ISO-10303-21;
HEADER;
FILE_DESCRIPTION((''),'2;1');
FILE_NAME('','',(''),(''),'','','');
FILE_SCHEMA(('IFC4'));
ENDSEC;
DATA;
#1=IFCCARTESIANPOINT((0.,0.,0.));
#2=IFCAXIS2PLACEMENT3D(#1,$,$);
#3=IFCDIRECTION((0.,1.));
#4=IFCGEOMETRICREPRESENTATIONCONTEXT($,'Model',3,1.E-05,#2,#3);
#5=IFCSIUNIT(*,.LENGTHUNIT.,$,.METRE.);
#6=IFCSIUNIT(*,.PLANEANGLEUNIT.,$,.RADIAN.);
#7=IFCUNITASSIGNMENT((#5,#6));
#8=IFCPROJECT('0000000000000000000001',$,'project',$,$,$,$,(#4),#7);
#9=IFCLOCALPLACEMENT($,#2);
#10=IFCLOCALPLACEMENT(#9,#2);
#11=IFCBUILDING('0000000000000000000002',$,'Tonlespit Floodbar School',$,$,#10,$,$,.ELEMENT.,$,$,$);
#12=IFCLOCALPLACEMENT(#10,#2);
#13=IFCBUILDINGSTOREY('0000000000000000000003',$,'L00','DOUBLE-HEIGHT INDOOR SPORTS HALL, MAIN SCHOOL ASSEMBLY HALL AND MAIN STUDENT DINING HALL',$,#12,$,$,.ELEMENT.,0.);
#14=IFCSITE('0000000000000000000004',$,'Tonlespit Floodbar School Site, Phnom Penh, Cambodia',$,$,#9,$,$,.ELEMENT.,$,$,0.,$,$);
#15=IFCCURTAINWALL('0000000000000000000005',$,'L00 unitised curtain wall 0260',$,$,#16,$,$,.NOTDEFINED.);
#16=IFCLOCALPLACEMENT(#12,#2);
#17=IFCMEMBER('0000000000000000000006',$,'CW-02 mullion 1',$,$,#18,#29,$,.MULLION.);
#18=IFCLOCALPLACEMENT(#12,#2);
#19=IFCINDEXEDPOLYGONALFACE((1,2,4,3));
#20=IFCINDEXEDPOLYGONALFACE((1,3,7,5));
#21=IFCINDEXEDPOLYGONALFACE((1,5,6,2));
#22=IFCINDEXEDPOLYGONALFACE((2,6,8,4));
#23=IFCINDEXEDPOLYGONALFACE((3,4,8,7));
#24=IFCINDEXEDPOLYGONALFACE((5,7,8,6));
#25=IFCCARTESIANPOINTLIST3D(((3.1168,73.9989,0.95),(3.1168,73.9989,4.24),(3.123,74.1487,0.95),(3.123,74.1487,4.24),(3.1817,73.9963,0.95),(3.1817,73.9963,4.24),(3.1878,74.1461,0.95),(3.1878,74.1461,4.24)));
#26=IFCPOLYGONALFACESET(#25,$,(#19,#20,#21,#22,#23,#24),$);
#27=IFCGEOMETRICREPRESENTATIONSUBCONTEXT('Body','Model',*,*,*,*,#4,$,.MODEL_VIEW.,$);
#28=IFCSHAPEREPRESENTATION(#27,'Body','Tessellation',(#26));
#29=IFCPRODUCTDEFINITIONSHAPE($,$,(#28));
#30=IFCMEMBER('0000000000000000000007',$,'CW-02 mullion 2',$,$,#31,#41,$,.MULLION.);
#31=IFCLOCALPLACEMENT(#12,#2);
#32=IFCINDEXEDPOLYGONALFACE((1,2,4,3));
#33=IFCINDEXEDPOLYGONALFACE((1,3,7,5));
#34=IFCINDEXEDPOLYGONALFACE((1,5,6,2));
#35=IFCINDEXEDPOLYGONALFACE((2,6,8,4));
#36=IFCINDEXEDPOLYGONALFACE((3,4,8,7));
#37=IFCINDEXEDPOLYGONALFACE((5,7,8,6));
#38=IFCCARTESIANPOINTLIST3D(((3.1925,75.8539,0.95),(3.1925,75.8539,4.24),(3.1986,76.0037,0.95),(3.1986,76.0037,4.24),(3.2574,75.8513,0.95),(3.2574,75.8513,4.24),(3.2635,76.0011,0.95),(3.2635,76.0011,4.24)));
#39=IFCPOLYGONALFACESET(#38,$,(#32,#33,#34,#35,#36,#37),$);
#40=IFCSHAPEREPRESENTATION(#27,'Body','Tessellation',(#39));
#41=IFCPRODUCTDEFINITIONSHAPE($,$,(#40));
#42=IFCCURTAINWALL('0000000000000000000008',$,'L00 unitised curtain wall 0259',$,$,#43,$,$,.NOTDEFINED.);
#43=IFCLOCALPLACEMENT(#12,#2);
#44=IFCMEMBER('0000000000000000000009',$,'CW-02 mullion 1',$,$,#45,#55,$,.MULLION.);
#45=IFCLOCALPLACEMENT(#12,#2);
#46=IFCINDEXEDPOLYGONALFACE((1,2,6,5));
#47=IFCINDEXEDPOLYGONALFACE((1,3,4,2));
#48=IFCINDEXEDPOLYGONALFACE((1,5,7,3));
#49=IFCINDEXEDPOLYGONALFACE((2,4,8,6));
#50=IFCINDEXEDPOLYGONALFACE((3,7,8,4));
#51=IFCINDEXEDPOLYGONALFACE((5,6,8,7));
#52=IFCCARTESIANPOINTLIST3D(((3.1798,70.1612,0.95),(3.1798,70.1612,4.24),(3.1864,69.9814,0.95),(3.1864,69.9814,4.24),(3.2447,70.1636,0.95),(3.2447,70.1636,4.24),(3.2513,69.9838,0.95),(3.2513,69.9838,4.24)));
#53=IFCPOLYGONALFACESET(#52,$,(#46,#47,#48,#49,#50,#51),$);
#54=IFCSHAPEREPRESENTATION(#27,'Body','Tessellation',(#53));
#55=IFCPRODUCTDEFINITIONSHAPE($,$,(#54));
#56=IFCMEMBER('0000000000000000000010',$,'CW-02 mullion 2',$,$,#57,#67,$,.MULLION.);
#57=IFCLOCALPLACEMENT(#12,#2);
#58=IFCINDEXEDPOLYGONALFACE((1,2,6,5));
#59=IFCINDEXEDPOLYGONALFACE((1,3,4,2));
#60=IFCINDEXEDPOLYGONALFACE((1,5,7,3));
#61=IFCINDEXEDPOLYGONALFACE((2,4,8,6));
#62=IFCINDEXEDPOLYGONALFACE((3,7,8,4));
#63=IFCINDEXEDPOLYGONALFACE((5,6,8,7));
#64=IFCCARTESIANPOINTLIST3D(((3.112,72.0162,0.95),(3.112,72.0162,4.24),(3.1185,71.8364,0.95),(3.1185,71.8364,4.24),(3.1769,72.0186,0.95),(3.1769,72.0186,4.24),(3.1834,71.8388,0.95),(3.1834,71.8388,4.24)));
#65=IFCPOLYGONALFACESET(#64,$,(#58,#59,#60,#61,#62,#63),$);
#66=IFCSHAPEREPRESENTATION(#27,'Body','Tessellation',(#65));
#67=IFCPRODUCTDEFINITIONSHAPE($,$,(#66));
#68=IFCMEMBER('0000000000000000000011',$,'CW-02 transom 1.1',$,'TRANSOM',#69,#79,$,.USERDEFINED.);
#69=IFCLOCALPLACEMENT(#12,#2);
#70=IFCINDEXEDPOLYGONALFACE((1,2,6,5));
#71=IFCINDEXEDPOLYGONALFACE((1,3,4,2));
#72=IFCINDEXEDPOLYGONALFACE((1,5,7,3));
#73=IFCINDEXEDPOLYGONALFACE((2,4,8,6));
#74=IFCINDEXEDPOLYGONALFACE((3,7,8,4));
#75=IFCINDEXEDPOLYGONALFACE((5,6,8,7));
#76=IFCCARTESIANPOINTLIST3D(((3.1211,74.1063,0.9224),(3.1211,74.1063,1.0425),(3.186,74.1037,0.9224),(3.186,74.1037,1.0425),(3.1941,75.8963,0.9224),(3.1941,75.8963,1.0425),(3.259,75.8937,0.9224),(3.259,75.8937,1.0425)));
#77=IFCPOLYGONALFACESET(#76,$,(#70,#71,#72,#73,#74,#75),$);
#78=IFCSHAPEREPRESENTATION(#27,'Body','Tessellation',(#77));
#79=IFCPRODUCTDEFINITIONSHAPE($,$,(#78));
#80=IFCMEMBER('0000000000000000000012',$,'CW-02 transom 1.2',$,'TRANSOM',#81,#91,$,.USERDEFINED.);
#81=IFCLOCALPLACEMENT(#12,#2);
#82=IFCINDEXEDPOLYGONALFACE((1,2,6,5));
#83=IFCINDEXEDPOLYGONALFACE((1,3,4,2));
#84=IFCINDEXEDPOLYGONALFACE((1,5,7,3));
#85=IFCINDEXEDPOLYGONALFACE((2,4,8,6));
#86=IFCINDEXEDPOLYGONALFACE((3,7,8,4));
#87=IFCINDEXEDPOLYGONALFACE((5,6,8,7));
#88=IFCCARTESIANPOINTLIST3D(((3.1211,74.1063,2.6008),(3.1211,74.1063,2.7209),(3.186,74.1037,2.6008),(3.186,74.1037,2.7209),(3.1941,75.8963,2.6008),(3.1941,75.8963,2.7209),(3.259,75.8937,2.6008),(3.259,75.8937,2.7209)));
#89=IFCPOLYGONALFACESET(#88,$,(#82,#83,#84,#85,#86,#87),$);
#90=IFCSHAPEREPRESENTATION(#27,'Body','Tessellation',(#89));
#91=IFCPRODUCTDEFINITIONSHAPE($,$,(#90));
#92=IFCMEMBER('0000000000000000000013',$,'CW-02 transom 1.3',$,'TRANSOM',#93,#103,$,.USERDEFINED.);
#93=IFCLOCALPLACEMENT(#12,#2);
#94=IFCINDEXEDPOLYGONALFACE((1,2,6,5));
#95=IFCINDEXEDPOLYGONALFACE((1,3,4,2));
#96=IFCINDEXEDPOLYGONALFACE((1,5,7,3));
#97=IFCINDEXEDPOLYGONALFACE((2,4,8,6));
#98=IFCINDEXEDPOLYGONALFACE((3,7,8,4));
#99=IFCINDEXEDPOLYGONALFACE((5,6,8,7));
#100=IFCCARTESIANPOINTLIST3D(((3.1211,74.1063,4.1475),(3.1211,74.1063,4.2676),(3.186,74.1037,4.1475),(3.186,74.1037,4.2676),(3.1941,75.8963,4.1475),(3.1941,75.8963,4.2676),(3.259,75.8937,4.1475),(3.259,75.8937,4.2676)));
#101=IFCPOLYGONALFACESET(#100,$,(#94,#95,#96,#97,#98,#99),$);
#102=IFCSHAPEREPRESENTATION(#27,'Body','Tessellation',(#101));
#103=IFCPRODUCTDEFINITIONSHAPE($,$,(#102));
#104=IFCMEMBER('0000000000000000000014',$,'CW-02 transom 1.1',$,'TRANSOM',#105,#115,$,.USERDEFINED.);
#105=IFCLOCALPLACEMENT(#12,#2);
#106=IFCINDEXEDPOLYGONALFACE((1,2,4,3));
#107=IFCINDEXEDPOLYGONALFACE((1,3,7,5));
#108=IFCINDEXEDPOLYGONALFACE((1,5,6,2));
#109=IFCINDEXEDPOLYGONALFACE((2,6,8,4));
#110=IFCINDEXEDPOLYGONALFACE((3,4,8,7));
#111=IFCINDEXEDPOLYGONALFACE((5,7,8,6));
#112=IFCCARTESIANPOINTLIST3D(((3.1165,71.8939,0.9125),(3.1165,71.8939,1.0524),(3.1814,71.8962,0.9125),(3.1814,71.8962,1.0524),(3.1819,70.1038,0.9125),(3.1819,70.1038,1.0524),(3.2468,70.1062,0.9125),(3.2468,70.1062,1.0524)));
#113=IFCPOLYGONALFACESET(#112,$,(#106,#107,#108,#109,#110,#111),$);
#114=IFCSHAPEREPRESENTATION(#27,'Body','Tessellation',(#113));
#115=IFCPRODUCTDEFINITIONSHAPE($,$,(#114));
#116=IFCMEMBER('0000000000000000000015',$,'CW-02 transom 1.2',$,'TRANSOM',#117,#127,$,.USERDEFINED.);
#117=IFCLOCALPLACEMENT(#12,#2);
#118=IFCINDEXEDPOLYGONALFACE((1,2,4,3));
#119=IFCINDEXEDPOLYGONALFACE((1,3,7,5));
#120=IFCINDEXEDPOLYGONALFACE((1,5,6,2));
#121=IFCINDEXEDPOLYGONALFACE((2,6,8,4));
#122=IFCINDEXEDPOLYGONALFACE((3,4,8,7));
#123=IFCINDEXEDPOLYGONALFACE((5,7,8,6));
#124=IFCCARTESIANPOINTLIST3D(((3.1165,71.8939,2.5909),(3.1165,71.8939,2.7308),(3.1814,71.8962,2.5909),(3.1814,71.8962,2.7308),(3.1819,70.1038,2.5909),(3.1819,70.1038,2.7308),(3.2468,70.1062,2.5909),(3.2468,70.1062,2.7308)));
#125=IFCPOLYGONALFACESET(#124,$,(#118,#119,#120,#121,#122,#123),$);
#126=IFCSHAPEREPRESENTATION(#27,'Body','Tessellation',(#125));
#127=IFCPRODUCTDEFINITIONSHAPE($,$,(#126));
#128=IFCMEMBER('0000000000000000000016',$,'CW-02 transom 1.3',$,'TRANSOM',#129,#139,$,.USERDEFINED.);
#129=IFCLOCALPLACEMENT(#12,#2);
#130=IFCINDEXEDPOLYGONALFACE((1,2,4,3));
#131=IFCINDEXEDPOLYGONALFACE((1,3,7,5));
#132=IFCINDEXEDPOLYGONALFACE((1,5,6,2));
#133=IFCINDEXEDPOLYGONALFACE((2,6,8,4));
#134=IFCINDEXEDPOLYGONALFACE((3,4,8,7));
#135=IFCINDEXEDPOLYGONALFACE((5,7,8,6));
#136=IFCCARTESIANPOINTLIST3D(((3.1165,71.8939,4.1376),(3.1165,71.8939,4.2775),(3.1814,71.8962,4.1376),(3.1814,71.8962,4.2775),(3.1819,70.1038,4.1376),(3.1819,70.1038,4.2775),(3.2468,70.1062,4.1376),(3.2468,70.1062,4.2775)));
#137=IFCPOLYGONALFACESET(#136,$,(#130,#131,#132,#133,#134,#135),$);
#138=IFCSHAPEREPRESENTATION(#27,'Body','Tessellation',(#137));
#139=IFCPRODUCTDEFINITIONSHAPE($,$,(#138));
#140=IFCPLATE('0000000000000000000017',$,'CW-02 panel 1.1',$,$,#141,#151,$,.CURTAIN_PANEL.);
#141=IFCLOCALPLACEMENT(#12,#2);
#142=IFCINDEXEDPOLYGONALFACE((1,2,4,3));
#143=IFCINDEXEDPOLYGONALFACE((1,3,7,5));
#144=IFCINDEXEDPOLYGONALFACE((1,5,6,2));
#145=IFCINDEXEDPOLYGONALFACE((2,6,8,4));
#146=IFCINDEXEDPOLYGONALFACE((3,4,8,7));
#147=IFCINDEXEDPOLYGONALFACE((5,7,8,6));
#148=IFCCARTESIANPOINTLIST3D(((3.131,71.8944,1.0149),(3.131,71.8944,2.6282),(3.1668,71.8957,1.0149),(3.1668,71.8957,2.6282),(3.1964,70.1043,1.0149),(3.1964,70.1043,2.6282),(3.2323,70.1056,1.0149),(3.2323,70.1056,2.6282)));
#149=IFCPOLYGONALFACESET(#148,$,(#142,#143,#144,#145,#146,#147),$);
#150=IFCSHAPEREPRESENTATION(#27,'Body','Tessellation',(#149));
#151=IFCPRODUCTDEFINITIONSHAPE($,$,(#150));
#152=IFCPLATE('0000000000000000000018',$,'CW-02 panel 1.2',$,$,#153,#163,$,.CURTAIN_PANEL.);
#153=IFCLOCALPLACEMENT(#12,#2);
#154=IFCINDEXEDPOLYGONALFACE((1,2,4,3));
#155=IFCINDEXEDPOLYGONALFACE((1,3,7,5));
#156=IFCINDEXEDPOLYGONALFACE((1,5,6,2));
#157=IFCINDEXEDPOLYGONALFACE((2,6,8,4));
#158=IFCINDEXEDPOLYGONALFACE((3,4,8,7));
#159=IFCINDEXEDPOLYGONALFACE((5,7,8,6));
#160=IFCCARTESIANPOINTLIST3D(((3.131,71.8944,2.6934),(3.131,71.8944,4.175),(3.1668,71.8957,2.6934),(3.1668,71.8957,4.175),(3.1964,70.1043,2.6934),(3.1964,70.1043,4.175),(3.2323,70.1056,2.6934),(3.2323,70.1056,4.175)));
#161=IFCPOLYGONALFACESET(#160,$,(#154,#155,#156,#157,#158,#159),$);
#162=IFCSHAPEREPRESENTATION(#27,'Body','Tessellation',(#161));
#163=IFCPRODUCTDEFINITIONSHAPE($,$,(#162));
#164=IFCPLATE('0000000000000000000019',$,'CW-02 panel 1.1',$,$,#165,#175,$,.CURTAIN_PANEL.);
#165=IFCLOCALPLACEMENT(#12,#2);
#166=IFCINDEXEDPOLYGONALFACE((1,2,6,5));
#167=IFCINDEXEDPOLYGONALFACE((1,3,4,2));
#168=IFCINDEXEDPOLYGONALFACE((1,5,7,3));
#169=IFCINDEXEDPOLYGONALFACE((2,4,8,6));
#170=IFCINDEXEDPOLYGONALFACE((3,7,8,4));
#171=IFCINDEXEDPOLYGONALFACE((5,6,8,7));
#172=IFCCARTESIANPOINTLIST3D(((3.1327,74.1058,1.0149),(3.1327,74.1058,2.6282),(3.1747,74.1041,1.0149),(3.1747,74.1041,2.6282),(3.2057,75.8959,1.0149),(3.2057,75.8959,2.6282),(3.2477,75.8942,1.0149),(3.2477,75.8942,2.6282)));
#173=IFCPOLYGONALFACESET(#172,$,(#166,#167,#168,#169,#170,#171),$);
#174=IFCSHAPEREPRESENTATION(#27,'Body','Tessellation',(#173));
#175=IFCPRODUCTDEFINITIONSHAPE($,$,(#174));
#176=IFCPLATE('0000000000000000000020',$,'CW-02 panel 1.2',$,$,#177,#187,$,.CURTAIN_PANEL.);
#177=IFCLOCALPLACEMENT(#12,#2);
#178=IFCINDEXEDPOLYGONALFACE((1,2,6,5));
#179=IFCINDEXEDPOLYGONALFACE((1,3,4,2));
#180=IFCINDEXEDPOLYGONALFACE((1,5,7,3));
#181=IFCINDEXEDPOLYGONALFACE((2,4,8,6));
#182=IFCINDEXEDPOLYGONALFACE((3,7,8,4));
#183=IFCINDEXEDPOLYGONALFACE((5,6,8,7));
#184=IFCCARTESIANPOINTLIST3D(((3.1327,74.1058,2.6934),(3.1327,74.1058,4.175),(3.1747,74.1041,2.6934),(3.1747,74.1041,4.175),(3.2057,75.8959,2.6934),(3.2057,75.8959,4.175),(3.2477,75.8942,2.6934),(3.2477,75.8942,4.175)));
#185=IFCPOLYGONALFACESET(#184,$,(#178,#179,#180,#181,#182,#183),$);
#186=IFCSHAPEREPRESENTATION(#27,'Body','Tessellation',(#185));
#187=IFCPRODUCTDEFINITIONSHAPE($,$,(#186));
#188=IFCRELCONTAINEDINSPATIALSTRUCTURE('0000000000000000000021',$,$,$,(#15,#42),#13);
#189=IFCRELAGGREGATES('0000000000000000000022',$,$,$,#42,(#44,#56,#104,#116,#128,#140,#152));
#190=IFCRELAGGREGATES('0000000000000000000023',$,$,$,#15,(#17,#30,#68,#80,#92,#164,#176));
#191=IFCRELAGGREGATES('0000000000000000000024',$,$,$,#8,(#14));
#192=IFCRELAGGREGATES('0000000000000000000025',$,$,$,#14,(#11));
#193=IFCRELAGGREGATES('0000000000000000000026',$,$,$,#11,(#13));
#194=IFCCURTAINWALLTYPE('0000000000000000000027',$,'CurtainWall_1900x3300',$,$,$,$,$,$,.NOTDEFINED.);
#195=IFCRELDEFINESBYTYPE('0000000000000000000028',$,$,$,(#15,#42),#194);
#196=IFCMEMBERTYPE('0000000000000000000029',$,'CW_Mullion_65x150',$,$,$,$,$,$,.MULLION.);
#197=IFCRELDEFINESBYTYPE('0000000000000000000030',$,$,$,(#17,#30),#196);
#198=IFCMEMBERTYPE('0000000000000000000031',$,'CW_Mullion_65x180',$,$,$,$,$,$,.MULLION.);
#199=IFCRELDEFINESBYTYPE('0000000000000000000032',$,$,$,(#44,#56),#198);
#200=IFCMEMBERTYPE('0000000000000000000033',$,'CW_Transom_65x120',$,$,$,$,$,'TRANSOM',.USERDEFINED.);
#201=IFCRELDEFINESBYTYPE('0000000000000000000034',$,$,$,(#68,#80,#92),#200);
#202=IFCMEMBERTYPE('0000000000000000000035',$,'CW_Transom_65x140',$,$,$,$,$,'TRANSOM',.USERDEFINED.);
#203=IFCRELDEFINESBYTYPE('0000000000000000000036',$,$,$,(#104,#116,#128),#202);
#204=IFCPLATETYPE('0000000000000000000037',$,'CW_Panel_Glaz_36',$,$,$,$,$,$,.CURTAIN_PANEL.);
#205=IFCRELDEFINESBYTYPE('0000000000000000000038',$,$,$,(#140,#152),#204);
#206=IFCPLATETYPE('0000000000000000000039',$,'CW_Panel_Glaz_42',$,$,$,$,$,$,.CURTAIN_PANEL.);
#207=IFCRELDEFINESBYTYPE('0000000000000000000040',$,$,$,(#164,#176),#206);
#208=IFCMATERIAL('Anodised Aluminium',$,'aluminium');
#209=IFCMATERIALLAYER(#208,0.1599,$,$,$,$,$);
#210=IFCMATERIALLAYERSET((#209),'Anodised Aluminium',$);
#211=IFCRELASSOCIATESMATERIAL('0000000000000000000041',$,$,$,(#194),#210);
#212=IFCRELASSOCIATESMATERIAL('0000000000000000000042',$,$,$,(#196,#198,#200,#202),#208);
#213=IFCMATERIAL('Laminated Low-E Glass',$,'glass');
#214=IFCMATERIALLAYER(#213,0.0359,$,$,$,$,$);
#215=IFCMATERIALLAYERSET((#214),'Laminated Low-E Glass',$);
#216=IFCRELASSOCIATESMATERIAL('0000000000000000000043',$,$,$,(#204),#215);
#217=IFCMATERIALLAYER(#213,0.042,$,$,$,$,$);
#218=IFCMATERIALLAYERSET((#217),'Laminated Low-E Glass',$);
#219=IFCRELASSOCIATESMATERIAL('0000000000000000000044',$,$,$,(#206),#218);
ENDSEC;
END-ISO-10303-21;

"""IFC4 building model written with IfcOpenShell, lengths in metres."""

from ifc_helpers import new_model, si_unit, direction, frame, origin, origin_2d, place, context, subcontext, project, spatial, rectangle, extrude, material, layer, layer_set, material_profile, profile_set, type_object, element, aggregate, save


model = new_model("IFC4")

# Units and contexts
model_context = context("Model", 3, precision=1e-05, world=origin(), true_north=direction((0.0, 1.0)))
body_context = subcontext(model_context, "Body", "Model", "MODEL_VIEW")
ifc_project = project(units=[si_unit("LENGTHUNIT", "METRE"), si_unit("PLANEANGLEUNIT", "RADIAN")], contexts=[model_context])

# Site, building, storey
site_placement = place(None, origin())
site = spatial("IfcSite", under=ifc_project, at=site_placement, Name="Tonlespit Floodbar School Site, Phnom Penh, Cambodia", CompositionType="ELEMENT", RefElevation=0.0)
building_placement = place(site_placement, origin())
building = spatial("IfcBuilding", under=site, at=building_placement, Name="Tonlespit Floodbar School", CompositionType="ELEMENT")
storey_placement = place(building_placement, origin())
storey = spatial("IfcBuildingStorey", under=building, at=storey_placement, Name="L00", Description="DOUBLE-HEIGHT INDOOR SPORTS HALL, MAIN SCHOOL ASSEMBLY HALL AND MAIN STUDENT DINING HALL", CompositionType="ELEMENT", Elevation=0.0)

# Curtain walls, members
ifc_material_1 = material(Name="Anodised Aluminium", Category="aluminium")
ifc_layer_1 = layer(ifc_material_1, 0.1599)
ifc_layer_set_1 = layer_set([ifc_layer_1], Name="Anodised Aluminium")
curtain_wall_type = type_object("IfcCurtainWallType", Name="CurtainWall_1900x3300", PredefinedType="NOTDEFINED", material=ifc_layer_set_1)
curtain_wall_1_placement = place(storey_placement, origin())
curtain_wall_1 = element("IfcCurtainWall", 1, at=curtain_wall_1_placement, inside=storey, type_object=curtain_wall_type, Name="L00 unitised curtain wall 0260", PredefinedType="NOTDEFINED")
ifc_material_profile_1 = material_profile(ifc_material_1, rectangle(XDim=0.0649, YDim=0.1499, at=origin_2d()), Name="ALU M65x150")
ifc_profile_set_1 = profile_set([ifc_material_profile_1], Name="Anodised Aluminium")
member_type_1 = type_object("IfcMemberType", Name="CW_Mullion_65x150", PredefinedType="MULLION", material=ifc_profile_set_1)
member_1_placement = place(storey_placement, frame((3.1523, 74.0725, 0.95), z_axis=(0.0, 0.0, 1.0), x_axis=(-0.999169, 0.040747, 0.0)))
member_1 = element("IfcMember", 2, at=member_1_placement, type_object=member_type_1, Name="CW-02 mullion 1", PredefinedType="MULLION", context=body_context, shape_type="SweptSolid", body=[
    extrude(rectangle(XDim=0.0649, YDim=0.1499, at=origin_2d()), origin(), (0.0, 0.0, 1.0), 3.29),
])
member_2_placement = place(storey_placement, frame((3.228, 75.9275, 0.95), z_axis=(0.0, 0.0, 1.0), x_axis=(-0.999169, 0.040747, 0.0)))
member_2 = element("IfcMember", 3, at=member_2_placement, type_object=member_type_1, Name="CW-02 mullion 2", PredefinedType="MULLION", context=body_context, shape_type="SweptSolid", body=[
    extrude(rectangle(XDim=0.0649, YDim=0.1499, at=origin_2d()), origin(), (0.0, 0.0, 1.0), 3.29),
])
curtain_wall_2_placement = place(storey_placement, origin())
curtain_wall_2 = element("IfcCurtainWall", 4, at=curtain_wall_2_placement, inside=storey, type_object=curtain_wall_type, Name="L00 unitised curtain wall 0259", PredefinedType="NOTDEFINED")
ifc_material_profile_2 = material_profile(ifc_material_1, rectangle(XDim=0.0649, YDim=0.1799, at=origin_2d()), Name="ALU M65x180")
ifc_profile_set_2 = profile_set([ifc_material_profile_2], Name="Anodised Aluminium")
member_type_2 = type_object("IfcMemberType", Name="CW_Mullion_65x180", PredefinedType="MULLION", material=ifc_profile_set_2)
member_3_placement = place(storey_placement, frame((3.2156, 70.0725, 0.95), z_axis=(0.0, 0.0, 1.0), x_axis=(-0.999332, -0.036538, 0.0)))
member_3 = element("IfcMember", 5, at=member_3_placement, type_object=member_type_2, Name="CW-02 mullion 1", PredefinedType="MULLION", context=body_context, shape_type="SweptSolid", body=[
    extrude(rectangle(XDim=0.0649, YDim=0.1799, at=origin_2d()), origin(), (0.0, 0.0, 1.0), 3.29),
])
member_4_placement = place(storey_placement, frame((3.1477, 71.9275, 0.95), z_axis=(0.0, 0.0, 1.0), x_axis=(-0.999332, -0.036538, 0.0)))
member_4 = element("IfcMember", 6, at=member_4_placement, type_object=member_type_2, Name="CW-02 mullion 2", PredefinedType="MULLION", context=body_context, shape_type="SweptSolid", body=[
    extrude(rectangle(XDim=0.0649, YDim=0.1799, at=origin_2d()), origin(), (0.0, 0.0, 1.0), 3.29),
])

# Members
ifc_material_profile_3 = material_profile(ifc_material_1, rectangle(XDim=0.0649, YDim=0.1201, at=origin_2d()), Name="ALU T65x120")
ifc_profile_set_3 = profile_set([ifc_material_profile_3], Name="Anodised Aluminium")
member_type_3 = type_object("IfcMemberType", Name="CW_Transom_65x120", ElementType="TRANSOM", PredefinedType="USERDEFINED", material=ifc_profile_set_3)
member_5_placement = place(storey_placement, frame((3.1536, 74.105, 0.9824), z_axis=(0.040746, 0.99917, 0.0), x_axis=(-0.99917, 0.040746, 0.0)))
member_5 = element("IfcMember", 7, at=member_5_placement, type_object=member_type_3, Name="CW-02 transom 1.1", ObjectType="TRANSOM", PredefinedType="USERDEFINED", context=body_context, shape_type="SweptSolid", body=[
    extrude(rectangle(XDim=0.0649, YDim=0.1201, at=origin_2d()), origin(), (0.0, 0.0, 1.0), 1.7915),
])
member_6_placement = place(storey_placement, frame((3.1536, 74.105, 2.6609), z_axis=(0.040746, 0.99917, 0.0), x_axis=(-0.99917, 0.040746, 0.0)))
member_6 = element("IfcMember", 8, at=member_6_placement, type_object=member_type_3, Name="CW-02 transom 1.2", ObjectType="TRANSOM", PredefinedType="USERDEFINED", context=body_context, shape_type="SweptSolid", body=[
    extrude(rectangle(XDim=0.0649, YDim=0.1201, at=origin_2d()), origin(), (0.0, 0.0, 1.0), 1.7915),
])
member_7_placement = place(storey_placement, frame((3.1536, 74.105, 4.2075), z_axis=(0.040746, 0.99917, 0.0), x_axis=(-0.99917, 0.040746, 0.0)))
member_7 = element("IfcMember", 9, at=member_7_placement, type_object=member_type_3, Name="CW-02 transom 1.3", ObjectType="TRANSOM", PredefinedType="USERDEFINED", context=body_context, shape_type="SweptSolid", body=[
    extrude(rectangle(XDim=0.0649, YDim=0.1201, at=origin_2d()), origin(), (0.0, 0.0, 1.0), 1.7915),
])
ifc_material_profile_4 = material_profile(ifc_material_1, rectangle(XDim=0.0649, YDim=0.1399, at=origin_2d()), Name="ALU T65x140")
ifc_profile_set_4 = profile_set([ifc_material_profile_4], Name="Anodised Aluminium")
member_type_4 = type_object("IfcMemberType", Name="CW_Transom_65x140", ElementType="TRANSOM", PredefinedType="USERDEFINED", material=ifc_profile_set_4)
member_8_placement = place(storey_placement, frame((3.2144, 70.105, 0.9824), z_axis=(-0.036528, 0.999333, 0.0), x_axis=(-0.999333, -0.036528, 0.0)))
member_8 = element("IfcMember", 10, at=member_8_placement, type_object=member_type_4, Name="CW-02 transom 1.1", ObjectType="TRANSOM", PredefinedType="USERDEFINED", context=body_context, shape_type="SweptSolid", body=[
    extrude(rectangle(XDim=0.0649, YDim=0.1399, at=origin_2d()), origin(), (0.0, 0.0, 1.0), 1.7913),
])
member_9_placement = place(storey_placement, frame((3.2144, 70.105, 2.6609), z_axis=(-0.036528, 0.999333, 0.0), x_axis=(-0.999333, -0.036528, 0.0)))
member_9 = element("IfcMember", 11, at=member_9_placement, type_object=member_type_4, Name="CW-02 transom 1.2", ObjectType="TRANSOM", PredefinedType="USERDEFINED", context=body_context, shape_type="SweptSolid", body=[
    extrude(rectangle(XDim=0.0649, YDim=0.1399, at=origin_2d()), origin(), (0.0, 0.0, 1.0), 1.7913),
])
member_10_placement = place(storey_placement, frame((3.2144, 70.105, 4.2075), z_axis=(-0.036528, 0.999333, 0.0), x_axis=(-0.999333, -0.036528, 0.0)))
member_10 = element("IfcMember", 12, at=member_10_placement, type_object=member_type_4, Name="CW-02 transom 1.3", ObjectType="TRANSOM", PredefinedType="USERDEFINED", context=body_context, shape_type="SweptSolid", body=[
    extrude(rectangle(XDim=0.0649, YDim=0.1399, at=origin_2d()), origin(), (0.0, 0.0, 1.0), 1.7913),
])

# Plates
ifc_material_2 = material(Name="Laminated Low-E Glass", Category="glass")
ifc_layer_2 = layer(ifc_material_2, 0.0359)
ifc_layer_set_2 = layer_set([ifc_layer_2], Name="Laminated Low-E Glass")
plate_type_1 = type_object("IfcPlateType", Name="CW_Panel_Glaz_36", PredefinedType="CURTAIN_PANEL", material=ifc_layer_set_2)
plate_1_placement = place(storey_placement, frame((3.1816, 71.0, 1.0149), z_axis=(0.0, 0.0, 1.0), x_axis=(-0.036538, 0.999332, 0.0)))
plate_1 = element("IfcPlate", 13, at=plate_1_placement, type_object=plate_type_1, Name="CW-02 panel 1.1", PredefinedType="CURTAIN_PANEL", context=body_context, shape_type="SweptSolid", body=[
    extrude(rectangle(XDim=1.7913, YDim=0.0359, at=origin_2d()), origin(), (0.0, 0.0, 1.0), 1.6133),
])
plate_2_placement = place(storey_placement, frame((3.1816, 71.0, 2.6934), z_axis=(0.0, 0.0, 1.0), x_axis=(-0.036538, 0.999332, 0.0)))
plate_2 = element("IfcPlate", 14, at=plate_2_placement, type_object=plate_type_1, Name="CW-02 panel 1.2", PredefinedType="CURTAIN_PANEL", context=body_context, shape_type="SweptSolid", body=[
    extrude(rectangle(XDim=1.7913, YDim=0.0359, at=origin_2d()), origin(), (0.0, 0.0, 1.0), 1.4817),
])
aggregate(curtain_wall_2, [member_3, member_4, member_8, member_9, member_10, plate_1, plate_2])
ifc_layer_3 = layer(ifc_material_2, 0.042)
ifc_layer_set_3 = layer_set([ifc_layer_3], Name="Laminated Low-E Glass")
plate_type_2 = type_object("IfcPlateType", Name="CW_Panel_Glaz_42", PredefinedType="CURTAIN_PANEL", material=ifc_layer_set_3)
plate_3_placement = place(storey_placement, frame((3.1902, 75.0, 1.0149), z_axis=(0.0, 0.0, 1.0), x_axis=(0.040747, 0.999169, 0.0)))
plate_3 = element("IfcPlate", 15, at=plate_3_placement, type_object=plate_type_2, Name="CW-02 panel 1.1", PredefinedType="CURTAIN_PANEL", context=body_context, shape_type="SweptSolid", body=[
    extrude(rectangle(XDim=1.7915, YDim=0.042, at=origin_2d()), origin(), (0.0, 0.0, 1.0), 1.6133),
])
plate_4_placement = place(storey_placement, frame((3.1902, 75.0, 2.6934), z_axis=(0.0, 0.0, 1.0), x_axis=(0.040747, 0.999169, 0.0)))
plate_4 = element("IfcPlate", 16, at=plate_4_placement, type_object=plate_type_2, Name="CW-02 panel 1.2", PredefinedType="CURTAIN_PANEL", context=body_context, shape_type="SweptSolid", body=[
    extrude(rectangle(XDim=1.7915, YDim=0.042, at=origin_2d()), origin(), (0.0, 0.0, 1.0), 1.4817),
])
aggregate(curtain_wall_1, [member_1, member_2, member_5, member_6, member_7, plate_3, plate_4])

save(model, "model.ifc")
